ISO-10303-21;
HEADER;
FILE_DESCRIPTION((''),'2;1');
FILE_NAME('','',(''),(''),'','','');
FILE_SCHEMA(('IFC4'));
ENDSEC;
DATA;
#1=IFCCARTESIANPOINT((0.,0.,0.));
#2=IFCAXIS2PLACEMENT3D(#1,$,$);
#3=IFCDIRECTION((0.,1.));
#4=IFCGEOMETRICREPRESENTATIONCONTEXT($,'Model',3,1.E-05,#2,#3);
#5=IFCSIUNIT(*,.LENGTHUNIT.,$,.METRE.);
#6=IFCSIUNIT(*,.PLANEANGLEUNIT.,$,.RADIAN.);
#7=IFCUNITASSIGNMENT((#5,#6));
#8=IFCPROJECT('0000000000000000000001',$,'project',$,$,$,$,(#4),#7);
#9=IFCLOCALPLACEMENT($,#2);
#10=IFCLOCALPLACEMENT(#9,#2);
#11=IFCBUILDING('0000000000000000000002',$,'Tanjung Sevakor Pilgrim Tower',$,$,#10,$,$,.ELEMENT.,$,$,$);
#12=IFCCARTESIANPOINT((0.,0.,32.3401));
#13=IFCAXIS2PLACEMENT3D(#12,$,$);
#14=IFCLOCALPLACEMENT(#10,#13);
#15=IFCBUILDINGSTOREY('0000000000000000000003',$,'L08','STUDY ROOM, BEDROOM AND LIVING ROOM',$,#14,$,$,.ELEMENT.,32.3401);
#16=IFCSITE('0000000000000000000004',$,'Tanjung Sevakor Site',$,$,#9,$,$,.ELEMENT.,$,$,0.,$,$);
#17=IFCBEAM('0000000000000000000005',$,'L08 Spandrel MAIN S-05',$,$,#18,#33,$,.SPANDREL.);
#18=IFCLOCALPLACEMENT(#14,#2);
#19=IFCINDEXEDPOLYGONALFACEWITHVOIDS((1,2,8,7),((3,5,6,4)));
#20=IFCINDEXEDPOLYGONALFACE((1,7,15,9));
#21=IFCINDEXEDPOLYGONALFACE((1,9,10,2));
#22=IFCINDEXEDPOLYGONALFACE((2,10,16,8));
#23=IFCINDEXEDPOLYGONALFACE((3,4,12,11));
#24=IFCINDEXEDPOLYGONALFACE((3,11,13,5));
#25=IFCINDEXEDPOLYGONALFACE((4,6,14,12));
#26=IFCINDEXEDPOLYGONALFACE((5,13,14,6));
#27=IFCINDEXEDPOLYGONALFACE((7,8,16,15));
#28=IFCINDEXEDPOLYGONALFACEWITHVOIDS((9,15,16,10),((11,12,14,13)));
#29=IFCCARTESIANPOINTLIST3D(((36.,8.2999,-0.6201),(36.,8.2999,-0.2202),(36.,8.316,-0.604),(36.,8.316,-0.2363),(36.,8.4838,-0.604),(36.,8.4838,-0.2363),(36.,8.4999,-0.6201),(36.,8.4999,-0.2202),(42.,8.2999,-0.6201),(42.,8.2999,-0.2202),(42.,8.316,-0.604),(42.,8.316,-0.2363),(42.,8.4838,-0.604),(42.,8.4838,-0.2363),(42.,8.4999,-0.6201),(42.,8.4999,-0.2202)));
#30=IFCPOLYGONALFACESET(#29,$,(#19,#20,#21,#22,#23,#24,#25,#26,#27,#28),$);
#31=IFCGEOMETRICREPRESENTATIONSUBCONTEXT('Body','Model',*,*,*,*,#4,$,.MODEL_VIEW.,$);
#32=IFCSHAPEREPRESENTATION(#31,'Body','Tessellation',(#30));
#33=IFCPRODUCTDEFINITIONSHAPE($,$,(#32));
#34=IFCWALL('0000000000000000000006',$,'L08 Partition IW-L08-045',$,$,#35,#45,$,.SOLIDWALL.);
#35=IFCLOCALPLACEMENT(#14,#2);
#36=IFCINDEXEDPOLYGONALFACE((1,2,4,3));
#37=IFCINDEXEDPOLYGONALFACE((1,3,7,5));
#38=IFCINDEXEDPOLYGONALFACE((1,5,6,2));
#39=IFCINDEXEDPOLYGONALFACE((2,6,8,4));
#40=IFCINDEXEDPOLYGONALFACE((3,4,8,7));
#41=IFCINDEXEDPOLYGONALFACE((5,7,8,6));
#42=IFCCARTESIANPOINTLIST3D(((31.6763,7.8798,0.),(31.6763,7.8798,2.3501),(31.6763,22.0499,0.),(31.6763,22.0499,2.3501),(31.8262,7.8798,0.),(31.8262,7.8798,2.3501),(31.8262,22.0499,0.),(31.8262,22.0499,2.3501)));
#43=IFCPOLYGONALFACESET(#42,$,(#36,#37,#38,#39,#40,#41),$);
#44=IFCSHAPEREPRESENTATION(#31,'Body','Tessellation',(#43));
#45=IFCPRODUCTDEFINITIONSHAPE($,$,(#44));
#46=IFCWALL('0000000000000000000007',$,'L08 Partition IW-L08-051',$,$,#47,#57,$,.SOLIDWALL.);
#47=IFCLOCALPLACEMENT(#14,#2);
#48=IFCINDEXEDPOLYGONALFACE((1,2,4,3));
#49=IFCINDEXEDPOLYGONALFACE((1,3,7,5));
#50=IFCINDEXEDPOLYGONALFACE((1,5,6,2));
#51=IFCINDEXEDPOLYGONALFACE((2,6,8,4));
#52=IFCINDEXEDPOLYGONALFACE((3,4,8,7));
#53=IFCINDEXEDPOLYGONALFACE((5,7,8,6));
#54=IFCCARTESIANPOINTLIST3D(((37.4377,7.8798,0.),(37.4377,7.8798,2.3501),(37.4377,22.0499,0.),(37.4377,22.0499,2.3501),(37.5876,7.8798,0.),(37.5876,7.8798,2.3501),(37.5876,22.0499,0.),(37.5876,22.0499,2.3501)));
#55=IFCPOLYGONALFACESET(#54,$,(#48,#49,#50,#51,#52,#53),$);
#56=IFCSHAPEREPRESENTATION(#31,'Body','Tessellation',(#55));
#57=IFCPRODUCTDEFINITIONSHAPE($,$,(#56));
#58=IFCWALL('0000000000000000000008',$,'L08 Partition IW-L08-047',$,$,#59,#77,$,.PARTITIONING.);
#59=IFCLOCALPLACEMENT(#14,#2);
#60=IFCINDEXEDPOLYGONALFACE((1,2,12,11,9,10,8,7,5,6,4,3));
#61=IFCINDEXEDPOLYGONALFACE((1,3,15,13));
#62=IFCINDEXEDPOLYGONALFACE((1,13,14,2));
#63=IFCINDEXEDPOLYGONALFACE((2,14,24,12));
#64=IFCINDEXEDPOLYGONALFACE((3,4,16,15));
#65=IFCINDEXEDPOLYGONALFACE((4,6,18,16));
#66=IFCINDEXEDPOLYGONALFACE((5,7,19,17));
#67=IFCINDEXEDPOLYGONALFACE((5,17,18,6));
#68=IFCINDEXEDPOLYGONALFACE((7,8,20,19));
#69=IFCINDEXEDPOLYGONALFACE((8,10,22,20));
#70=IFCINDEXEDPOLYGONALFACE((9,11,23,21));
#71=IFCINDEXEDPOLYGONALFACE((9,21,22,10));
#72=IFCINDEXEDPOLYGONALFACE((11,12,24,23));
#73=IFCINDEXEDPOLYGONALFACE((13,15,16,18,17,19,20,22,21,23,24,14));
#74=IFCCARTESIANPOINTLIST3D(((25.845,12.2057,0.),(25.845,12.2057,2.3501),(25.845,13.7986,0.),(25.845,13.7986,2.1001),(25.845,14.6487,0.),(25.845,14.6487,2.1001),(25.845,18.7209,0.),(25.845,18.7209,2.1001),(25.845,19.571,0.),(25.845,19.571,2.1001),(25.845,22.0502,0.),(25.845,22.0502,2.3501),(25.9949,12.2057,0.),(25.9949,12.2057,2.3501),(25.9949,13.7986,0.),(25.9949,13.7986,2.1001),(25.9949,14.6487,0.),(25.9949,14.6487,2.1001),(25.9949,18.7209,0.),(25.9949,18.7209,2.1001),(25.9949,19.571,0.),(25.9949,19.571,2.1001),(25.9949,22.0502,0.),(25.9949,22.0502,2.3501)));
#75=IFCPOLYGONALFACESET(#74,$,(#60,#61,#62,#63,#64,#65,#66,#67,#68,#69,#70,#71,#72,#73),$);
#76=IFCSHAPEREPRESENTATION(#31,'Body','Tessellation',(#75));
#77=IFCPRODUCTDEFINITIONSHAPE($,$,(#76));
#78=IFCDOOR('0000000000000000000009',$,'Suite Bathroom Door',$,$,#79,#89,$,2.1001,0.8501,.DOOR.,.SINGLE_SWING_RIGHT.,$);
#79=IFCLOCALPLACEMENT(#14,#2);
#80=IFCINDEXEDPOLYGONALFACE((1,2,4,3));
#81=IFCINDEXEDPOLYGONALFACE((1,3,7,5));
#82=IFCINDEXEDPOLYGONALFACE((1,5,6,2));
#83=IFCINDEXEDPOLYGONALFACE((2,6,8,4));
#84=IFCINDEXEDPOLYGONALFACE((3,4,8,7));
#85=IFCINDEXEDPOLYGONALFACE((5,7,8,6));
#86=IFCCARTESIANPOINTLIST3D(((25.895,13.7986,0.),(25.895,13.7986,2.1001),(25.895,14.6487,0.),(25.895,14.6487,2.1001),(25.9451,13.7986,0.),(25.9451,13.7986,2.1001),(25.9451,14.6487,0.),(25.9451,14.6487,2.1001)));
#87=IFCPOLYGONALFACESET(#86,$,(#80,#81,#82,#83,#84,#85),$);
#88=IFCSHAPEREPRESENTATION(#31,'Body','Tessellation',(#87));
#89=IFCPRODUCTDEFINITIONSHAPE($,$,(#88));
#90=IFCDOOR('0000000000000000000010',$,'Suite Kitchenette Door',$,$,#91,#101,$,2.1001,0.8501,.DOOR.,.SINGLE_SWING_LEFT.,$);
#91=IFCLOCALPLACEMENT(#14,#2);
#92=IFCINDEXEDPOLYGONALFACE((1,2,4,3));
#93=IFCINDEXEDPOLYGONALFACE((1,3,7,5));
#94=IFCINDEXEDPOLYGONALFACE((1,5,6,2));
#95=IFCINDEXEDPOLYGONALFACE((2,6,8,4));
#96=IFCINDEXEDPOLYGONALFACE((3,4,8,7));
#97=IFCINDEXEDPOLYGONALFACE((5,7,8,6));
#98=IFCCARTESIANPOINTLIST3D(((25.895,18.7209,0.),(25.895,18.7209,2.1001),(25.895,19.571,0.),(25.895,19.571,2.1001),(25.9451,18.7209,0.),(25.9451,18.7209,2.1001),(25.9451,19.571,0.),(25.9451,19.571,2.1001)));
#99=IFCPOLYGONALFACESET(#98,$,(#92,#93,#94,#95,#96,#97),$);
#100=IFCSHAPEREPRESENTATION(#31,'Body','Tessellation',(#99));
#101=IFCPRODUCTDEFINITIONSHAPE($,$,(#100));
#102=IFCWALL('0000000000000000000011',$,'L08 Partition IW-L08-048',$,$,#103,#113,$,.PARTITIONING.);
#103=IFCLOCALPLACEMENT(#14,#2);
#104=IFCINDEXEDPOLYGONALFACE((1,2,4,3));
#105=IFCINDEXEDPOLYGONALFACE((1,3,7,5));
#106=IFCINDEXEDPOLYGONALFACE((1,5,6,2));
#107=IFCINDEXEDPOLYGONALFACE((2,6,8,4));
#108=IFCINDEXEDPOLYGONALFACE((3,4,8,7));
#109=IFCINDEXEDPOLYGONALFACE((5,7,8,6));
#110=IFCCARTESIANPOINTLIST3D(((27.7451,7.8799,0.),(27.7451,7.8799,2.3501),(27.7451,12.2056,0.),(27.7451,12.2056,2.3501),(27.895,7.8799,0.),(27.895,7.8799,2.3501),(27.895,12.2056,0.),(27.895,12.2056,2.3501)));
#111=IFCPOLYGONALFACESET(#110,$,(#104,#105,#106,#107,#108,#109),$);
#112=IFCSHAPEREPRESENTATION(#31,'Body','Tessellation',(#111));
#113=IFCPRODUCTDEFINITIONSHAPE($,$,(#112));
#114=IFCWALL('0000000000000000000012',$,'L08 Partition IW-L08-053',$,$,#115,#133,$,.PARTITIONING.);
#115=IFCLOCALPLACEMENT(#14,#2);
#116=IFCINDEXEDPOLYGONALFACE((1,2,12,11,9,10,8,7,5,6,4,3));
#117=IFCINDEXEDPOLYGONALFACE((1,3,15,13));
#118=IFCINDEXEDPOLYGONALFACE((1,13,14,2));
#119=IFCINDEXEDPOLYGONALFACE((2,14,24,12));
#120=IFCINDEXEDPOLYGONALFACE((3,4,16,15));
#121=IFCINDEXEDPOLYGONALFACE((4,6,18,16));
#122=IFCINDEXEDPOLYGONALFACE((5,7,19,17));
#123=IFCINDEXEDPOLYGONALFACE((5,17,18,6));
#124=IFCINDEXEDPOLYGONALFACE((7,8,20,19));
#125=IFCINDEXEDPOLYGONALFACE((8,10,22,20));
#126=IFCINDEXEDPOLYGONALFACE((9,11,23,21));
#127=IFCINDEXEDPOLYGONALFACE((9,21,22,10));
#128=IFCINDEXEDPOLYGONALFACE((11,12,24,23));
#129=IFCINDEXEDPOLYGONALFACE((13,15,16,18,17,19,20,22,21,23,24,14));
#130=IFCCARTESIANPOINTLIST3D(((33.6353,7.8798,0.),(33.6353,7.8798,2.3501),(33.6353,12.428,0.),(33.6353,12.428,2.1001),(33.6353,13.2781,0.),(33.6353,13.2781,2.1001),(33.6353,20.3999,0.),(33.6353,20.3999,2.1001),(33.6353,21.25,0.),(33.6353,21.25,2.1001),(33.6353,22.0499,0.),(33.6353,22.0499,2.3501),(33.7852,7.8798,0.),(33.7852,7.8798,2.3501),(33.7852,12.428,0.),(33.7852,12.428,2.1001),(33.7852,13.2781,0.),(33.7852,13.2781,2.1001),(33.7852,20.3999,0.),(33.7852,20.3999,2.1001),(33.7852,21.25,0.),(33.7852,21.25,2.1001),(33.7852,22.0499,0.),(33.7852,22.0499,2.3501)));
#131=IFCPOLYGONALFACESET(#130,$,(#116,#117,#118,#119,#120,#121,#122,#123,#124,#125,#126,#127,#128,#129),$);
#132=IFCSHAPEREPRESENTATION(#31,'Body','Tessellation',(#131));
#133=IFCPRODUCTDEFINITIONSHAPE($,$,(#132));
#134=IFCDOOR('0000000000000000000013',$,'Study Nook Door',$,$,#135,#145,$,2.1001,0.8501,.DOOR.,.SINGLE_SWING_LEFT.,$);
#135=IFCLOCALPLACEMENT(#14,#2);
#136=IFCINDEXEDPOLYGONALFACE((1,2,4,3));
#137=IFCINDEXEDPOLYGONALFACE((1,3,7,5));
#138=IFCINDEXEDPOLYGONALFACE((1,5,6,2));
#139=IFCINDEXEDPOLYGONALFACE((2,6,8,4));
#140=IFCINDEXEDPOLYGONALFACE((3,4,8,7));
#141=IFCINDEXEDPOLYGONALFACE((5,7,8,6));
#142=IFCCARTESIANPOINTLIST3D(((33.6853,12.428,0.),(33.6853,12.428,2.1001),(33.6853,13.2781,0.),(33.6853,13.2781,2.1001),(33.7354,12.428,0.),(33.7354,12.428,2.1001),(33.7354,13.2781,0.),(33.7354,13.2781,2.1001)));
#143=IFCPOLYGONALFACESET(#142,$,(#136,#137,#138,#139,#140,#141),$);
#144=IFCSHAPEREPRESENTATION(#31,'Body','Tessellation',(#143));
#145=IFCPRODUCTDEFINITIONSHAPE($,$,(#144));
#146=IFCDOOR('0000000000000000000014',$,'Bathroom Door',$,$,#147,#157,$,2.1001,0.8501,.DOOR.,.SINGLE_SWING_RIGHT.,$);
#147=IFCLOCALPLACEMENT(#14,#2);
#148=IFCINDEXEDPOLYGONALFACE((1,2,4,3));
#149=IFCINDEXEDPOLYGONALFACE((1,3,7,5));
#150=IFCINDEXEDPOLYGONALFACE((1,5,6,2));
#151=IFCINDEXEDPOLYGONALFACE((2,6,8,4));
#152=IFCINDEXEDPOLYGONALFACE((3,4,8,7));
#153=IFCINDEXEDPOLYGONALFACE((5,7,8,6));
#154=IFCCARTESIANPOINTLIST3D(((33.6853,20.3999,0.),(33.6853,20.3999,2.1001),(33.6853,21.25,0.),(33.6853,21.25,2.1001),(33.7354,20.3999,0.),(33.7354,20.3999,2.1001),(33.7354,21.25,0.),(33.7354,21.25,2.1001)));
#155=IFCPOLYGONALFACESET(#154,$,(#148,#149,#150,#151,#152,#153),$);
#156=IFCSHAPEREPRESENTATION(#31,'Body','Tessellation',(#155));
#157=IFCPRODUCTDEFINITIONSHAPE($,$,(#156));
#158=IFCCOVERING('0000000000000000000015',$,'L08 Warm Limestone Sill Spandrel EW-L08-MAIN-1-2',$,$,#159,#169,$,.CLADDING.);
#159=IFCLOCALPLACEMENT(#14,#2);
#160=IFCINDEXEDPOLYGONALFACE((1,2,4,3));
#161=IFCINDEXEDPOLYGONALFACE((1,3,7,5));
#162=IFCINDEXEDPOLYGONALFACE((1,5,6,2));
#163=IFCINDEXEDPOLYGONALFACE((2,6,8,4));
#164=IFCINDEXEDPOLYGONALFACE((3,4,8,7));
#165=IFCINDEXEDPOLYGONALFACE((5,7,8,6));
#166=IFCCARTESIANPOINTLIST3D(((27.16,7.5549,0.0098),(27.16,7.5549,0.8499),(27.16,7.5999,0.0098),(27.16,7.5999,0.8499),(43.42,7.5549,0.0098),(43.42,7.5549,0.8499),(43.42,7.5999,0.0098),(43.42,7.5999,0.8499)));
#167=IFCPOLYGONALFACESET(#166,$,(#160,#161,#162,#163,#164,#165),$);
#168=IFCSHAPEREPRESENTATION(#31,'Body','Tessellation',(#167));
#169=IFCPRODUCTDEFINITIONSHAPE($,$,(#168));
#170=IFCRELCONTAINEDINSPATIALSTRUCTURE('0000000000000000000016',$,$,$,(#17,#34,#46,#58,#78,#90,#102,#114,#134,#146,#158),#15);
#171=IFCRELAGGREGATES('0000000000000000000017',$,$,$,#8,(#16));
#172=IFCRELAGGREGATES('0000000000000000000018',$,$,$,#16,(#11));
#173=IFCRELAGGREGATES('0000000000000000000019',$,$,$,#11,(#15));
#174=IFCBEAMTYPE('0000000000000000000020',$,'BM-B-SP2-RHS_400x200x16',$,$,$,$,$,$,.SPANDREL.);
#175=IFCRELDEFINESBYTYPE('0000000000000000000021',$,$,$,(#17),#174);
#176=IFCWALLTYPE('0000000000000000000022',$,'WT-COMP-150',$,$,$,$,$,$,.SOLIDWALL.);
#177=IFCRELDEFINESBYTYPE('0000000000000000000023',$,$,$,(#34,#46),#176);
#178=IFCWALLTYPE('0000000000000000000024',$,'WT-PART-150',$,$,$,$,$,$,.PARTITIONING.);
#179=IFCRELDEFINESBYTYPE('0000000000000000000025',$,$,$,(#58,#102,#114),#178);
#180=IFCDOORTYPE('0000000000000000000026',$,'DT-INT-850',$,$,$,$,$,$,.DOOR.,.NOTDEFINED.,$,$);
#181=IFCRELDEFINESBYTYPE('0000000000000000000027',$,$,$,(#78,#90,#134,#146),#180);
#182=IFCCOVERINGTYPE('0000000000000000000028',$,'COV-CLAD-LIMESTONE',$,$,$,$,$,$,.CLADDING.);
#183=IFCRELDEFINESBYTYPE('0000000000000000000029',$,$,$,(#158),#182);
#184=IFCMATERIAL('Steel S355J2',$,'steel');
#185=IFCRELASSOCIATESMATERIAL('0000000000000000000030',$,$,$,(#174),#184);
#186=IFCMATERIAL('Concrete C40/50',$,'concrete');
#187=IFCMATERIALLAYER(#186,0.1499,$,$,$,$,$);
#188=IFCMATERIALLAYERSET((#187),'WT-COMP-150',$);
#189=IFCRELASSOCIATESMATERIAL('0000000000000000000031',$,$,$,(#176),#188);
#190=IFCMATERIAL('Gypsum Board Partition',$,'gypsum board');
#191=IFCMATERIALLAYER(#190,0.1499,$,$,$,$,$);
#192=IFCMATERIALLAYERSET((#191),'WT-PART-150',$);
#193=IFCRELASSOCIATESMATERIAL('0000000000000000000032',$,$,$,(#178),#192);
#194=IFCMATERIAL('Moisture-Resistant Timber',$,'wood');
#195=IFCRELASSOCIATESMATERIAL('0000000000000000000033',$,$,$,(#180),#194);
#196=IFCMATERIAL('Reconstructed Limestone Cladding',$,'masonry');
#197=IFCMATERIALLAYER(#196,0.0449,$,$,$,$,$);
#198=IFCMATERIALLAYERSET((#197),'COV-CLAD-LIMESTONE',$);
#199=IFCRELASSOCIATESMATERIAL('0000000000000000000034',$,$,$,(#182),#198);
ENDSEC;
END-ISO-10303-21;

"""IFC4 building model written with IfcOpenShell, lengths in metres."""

from ifc_helpers import new_model, si_unit, direction, frame, frame_2d, origin, origin_2d, place, context, subcontext, project, spatial, rectangle, hollow_rectangle, extrude, material, layer, layer_set, material_profile, profile_set, type_object, element, fill, save


model = new_model("IFC4")

# Units and contexts
model_context = context("Model", 3, precision=1e-05, world=origin(), true_north=direction((0.0, 1.0)))
body_context = subcontext(model_context, "Body", "Model", "MODEL_VIEW")
ifc_project = project(units=[si_unit("LENGTHUNIT", "METRE"), si_unit("PLANEANGLEUNIT", "RADIAN")], contexts=[model_context])

# Site, building, storey
site_placement = place(None, origin())
site = spatial("IfcSite", under=ifc_project, at=site_placement, Name="Tanjung Sevakor Site", CompositionType="ELEMENT", RefElevation=0.0)
building_placement = place(site_placement, origin())
building = spatial("IfcBuilding", under=site, at=building_placement, Name="Tanjung Sevakor Pilgrim Tower", CompositionType="ELEMENT")
storey_placement = place(building_placement, frame((0.0, 0.0, 32.3401)))
storey = spatial("IfcBuildingStorey", under=building, at=storey_placement, Name="L08", Description="STUDY ROOM, BEDROOM AND LIVING ROOM", CompositionType="ELEMENT", Elevation=32.3401)

# Beam
ifc_material_1 = material(Name="Steel S355J2", Category="steel")
ifc_material_profile_1 = material_profile(ifc_material_1, hollow_rectangle(XDim=0.2, YDim=0.3999, WallThickness=0.0161, at=origin_2d()))
ifc_profile_set_1 = profile_set([ifc_material_profile_1], Name="Steel S355J2")
beam_type_1 = type_object("IfcBeamType", Name="BM-B-SP2-RHS_400x200x16", PredefinedType="SPANDREL", material=ifc_profile_set_1)
for number, where, z_axis, x_axis, name in (
    (1, (36.0, 8.3999, -0.4202), (1.0, 0.0, 0.0), (0.0, 1.0, 0.0), "L08 Spandrel MAIN S-05"),
):
    element("IfcBeam", number, at=place(storey_placement, frame(where, z_axis=z_axis, x_axis=x_axis)), inside=storey, type_object=beam_type_1, Name=name, PredefinedType="SPANDREL", context=body_context, shape_type="SweptSolid", body=[
        extrude(hollow_rectangle(XDim=0.2, YDim=0.3999, WallThickness=0.0161, at=origin_2d()), origin(), (0.0, 0.0, 1.0), 6.0),
    ])

# Walls
ifc_material_2 = material(Name="Concrete C40/50", Category="concrete")
ifc_layer_1 = layer(ifc_material_2, 0.1499)
ifc_layer_set_1 = layer_set([ifc_layer_1], Name="WT-COMP-150")
wall_type_1 = type_object("IfcWallType", Name="WT-COMP-150", PredefinedType="SOLIDWALL", material=ifc_layer_set_1)
for number, where, z_axis, x_axis, name in (
    (2, (31.7512, 7.8799, 0.0), (0.0, 0.0, 1.0), (0.0, 1.0, 0.0), "L08 Partition IW-L08-045"),
    (3, (37.5127, 7.8799, 0.0), (0.0, 0.0, 1.0), (0.0, 1.0, 0.0), "L08 Partition IW-L08-051"),
):
    element("IfcWall", number, at=place(storey_placement, frame(where, z_axis=z_axis, x_axis=x_axis)), inside=storey, type_object=wall_type_1, Name=name, PredefinedType="SOLIDWALL", context=body_context, shape_type="SweptSolid", body=[
        extrude(rectangle(XDim=14.1702, YDim=0.1499, at=frame_2d((7.085, 0.0))), origin(), (0.0, 0.0, 1.0), 2.3501),
    ])

# Wall, openings, doors
ifc_material_3 = material(Name="Gypsum Board Partition", Category="gypsum board")
ifc_layer_2 = layer(ifc_material_3, 0.1499)
ifc_layer_set_2 = layer_set([ifc_layer_2], Name="WT-PART-150")
wall_type_2 = type_object("IfcWallType", Name="WT-PART-150", PredefinedType="PARTITIONING", material=ifc_layer_set_2)
wall_1_placement = place(storey_placement, frame((25.9199, 12.2056, 0.0), z_axis=(0.0, 0.0, 1.0), x_axis=(0.0, 1.0, 0.0)))
wall_1 = element("IfcWall", 4, at=wall_1_placement, inside=storey, type_object=wall_type_2, Name="L08 Partition IW-L08-047", PredefinedType="PARTITIONING", context=body_context, shape_type="SweptSolid", body=[
    extrude(rectangle(XDim=9.8445, YDim=0.1499, at=frame_2d((4.9224, 0.0))), origin(), (0.0, 0.0, 1.0), 2.3501),
])
opening_1_placement = place(wall_1_placement, frame((1.593, 0.0, 0.0)))
opening_1 = element("IfcOpeningElement", 5, at=opening_1_placement, cuts=wall_1, PredefinedType="OPENING", context=body_context, shape_type="SweptSolid", body=[
    extrude(rectangle(XDim=0.8501, YDim=2.1001, at=frame_2d((0.425, 1.05))), frame((0.0, 0.085, 0.0), z_axis=(0.0, -1.0, 0.0), x_axis=(1.0, 0.0, 0.0)), (0.0, 0.0, 1.0), 0.1699),
])
opening_2_placement = place(wall_1_placement, frame((6.5154, 0.0, 0.0)))
opening_2 = element("IfcOpeningElement", 6, at=opening_2_placement, cuts=wall_1, PredefinedType="OPENING", context=body_context, shape_type="SweptSolid", body=[
    extrude(rectangle(XDim=0.8501, YDim=2.1001, at=frame_2d((0.425, 1.05))), frame((0.0, 0.085, 0.0), z_axis=(0.0, -1.0, 0.0), x_axis=(1.0, 0.0, 0.0)), (0.0, 0.0, 1.0), 0.1699),
])
ifc_material_4 = material(Name="Moisture-Resistant Timber", Category="wood")
door_type = type_object("IfcDoorType", Name="DT-INT-850", OperationType="NOTDEFINED", PredefinedType="DOOR", material=ifc_material_4)
door_1_placement = place(opening_1_placement, origin())
door_1 = element("IfcDoor", 7, at=door_1_placement, inside=storey, type_object=door_type, Name="Suite Bathroom Door", OperationType="SINGLE_SWING_RIGHT", OverallHeight=2.1001, OverallWidth=0.8501, PredefinedType="DOOR", context=body_context, shape_type="SweptSolid", body=[
    extrude(rectangle(XDim=0.8501, YDim=2.1001, at=frame_2d((0.425, 1.05))), frame((0.0, 0.0249, 0.0), z_axis=(0.0, -1.0, 0.0), x_axis=(1.0, 0.0, 0.0)), (0.0, 0.0, 1.0), 0.05),
])
fill(opening_1, door_1)
door_2_placement = place(opening_2_placement, origin())
door_2 = element("IfcDoor", 8, at=door_2_placement, inside=storey, type_object=door_type, Name="Suite Kitchenette Door", OperationType="SINGLE_SWING_LEFT", OverallHeight=2.1001, OverallWidth=0.8501, PredefinedType="DOOR", context=body_context, shape_type="SweptSolid", body=[
    extrude(rectangle(XDim=0.8501, YDim=2.1001, at=frame_2d((0.425, 1.05))), frame((0.0, 0.0249, 0.0), z_axis=(0.0, -1.0, 0.0), x_axis=(1.0, 0.0, 0.0)), (0.0, 0.0, 1.0), 0.05),
])
fill(opening_2, door_2)

# Wall
wall_2_placement = place(storey_placement, frame((27.8201, 7.8799, 0.0), z_axis=(0.0, 0.0, 1.0), x_axis=(0.0, 1.0, 0.0)))
element("IfcWall", 9, at=wall_2_placement, inside=storey, type_object=wall_type_2, Name="L08 Partition IW-L08-048", PredefinedType="PARTITIONING", context=body_context, shape_type="SweptSolid", body=[
    extrude(rectangle(XDim=4.3257, YDim=0.1499, at=frame_2d((2.1628, 0.0))), origin(), (0.0, 0.0, 1.0), 2.3501),
])

# Wall, openings, doors
wall_3_placement = place(storey_placement, frame((33.7102, 7.8799, 0.0), z_axis=(0.0, 0.0, 1.0), x_axis=(0.0, 1.0, 0.0)))
wall_3 = element("IfcWall", 10, at=wall_3_placement, inside=storey, type_object=wall_type_2, Name="L08 Partition IW-L08-053", PredefinedType="PARTITIONING", context=body_context, shape_type="SweptSolid", body=[
    extrude(rectangle(XDim=14.1702, YDim=0.1499, at=frame_2d((7.085, 0.0))), origin(), (0.0, 0.0, 1.0), 2.3501),
])
opening_3_placement = place(wall_3_placement, frame((4.5481, 0.0, 0.0)))
opening_3 = element("IfcOpeningElement", 11, at=opening_3_placement, cuts=wall_3, PredefinedType="OPENING", context=body_context, shape_type="SweptSolid", body=[
    extrude(rectangle(XDim=0.8501, YDim=2.1001, at=frame_2d((0.425, 1.05))), frame((0.0, 0.085, 0.0), z_axis=(0.0, -1.0, 0.0), x_axis=(1.0, 0.0, 0.0)), (0.0, 0.0, 1.0), 0.1699),
])
opening_4_placement = place(wall_3_placement, frame((12.52, 0.0, 0.0)))
opening_4 = element("IfcOpeningElement", 12, at=opening_4_placement, cuts=wall_3, PredefinedType="OPENING", context=body_context, shape_type="SweptSolid", body=[
    extrude(rectangle(XDim=0.8501, YDim=2.1001, at=frame_2d((0.425, 1.05))), frame((0.0, 0.085, 0.0), z_axis=(0.0, -1.0, 0.0), x_axis=(1.0, 0.0, 0.0)), (0.0, 0.0, 1.0), 0.1699),
])
door_3_placement = place(opening_3_placement, origin())
door_3 = element("IfcDoor", 13, at=door_3_placement, inside=storey, type_object=door_type, Name="Study Nook Door", OperationType="SINGLE_SWING_LEFT", OverallHeight=2.1001, OverallWidth=0.8501, PredefinedType="DOOR", context=body_context, shape_type="SweptSolid", body=[
    extrude(rectangle(XDim=0.8501, YDim=2.1001, at=frame_2d((0.425, 1.05))), frame((0.0, 0.0249, 0.0), z_axis=(0.0, -1.0, 0.0), x_axis=(1.0, 0.0, 0.0)), (0.0, 0.0, 1.0), 0.05),
])
fill(opening_3, door_3)
door_4_placement = place(opening_4_placement, origin())
door_4 = element("IfcDoor", 14, at=door_4_placement, inside=storey, type_object=door_type, Name="Bathroom Door", OperationType="SINGLE_SWING_RIGHT", OverallHeight=2.1001, OverallWidth=0.8501, PredefinedType="DOOR", context=body_context, shape_type="SweptSolid", body=[
    extrude(rectangle(XDim=0.8501, YDim=2.1001, at=frame_2d((0.425, 1.05))), frame((0.0, 0.0249, 0.0), z_axis=(0.0, -1.0, 0.0), x_axis=(1.0, 0.0, 0.0)), (0.0, 0.0, 1.0), 0.05),
])
fill(opening_4, door_4)

# Covering
ifc_material_5 = material(Name="Reconstructed Limestone Cladding", Category="masonry")
ifc_layer_3 = layer(ifc_material_5, 0.0449)
ifc_layer_set_3 = layer_set([ifc_layer_3], Name="COV-CLAD-LIMESTONE")
covering_type = type_object("IfcCoveringType", Name="COV-CLAD-LIMESTONE", PredefinedType="CLADDING", material=ifc_layer_set_3)
covering_placement = place(storey_placement, frame((35.29, 7.5774, 0.0098), z_axis=(0.0, 0.0, 1.0), x_axis=(1.0, 0.0, 0.0)))
element("IfcCovering", 15, at=covering_placement, inside=storey, type_object=covering_type, Name="L08 Warm Limestone Sill Spandrel EW-L08-MAIN-1-2", PredefinedType="CLADDING", context=body_context, shape_type="SweptSolid", body=[
    extrude(rectangle(XDim=16.26, YDim=0.0449, at=origin_2d()), origin(), (0.0, 0.0, 1.0), 0.8401),
])

save(model, "model.ifc")
